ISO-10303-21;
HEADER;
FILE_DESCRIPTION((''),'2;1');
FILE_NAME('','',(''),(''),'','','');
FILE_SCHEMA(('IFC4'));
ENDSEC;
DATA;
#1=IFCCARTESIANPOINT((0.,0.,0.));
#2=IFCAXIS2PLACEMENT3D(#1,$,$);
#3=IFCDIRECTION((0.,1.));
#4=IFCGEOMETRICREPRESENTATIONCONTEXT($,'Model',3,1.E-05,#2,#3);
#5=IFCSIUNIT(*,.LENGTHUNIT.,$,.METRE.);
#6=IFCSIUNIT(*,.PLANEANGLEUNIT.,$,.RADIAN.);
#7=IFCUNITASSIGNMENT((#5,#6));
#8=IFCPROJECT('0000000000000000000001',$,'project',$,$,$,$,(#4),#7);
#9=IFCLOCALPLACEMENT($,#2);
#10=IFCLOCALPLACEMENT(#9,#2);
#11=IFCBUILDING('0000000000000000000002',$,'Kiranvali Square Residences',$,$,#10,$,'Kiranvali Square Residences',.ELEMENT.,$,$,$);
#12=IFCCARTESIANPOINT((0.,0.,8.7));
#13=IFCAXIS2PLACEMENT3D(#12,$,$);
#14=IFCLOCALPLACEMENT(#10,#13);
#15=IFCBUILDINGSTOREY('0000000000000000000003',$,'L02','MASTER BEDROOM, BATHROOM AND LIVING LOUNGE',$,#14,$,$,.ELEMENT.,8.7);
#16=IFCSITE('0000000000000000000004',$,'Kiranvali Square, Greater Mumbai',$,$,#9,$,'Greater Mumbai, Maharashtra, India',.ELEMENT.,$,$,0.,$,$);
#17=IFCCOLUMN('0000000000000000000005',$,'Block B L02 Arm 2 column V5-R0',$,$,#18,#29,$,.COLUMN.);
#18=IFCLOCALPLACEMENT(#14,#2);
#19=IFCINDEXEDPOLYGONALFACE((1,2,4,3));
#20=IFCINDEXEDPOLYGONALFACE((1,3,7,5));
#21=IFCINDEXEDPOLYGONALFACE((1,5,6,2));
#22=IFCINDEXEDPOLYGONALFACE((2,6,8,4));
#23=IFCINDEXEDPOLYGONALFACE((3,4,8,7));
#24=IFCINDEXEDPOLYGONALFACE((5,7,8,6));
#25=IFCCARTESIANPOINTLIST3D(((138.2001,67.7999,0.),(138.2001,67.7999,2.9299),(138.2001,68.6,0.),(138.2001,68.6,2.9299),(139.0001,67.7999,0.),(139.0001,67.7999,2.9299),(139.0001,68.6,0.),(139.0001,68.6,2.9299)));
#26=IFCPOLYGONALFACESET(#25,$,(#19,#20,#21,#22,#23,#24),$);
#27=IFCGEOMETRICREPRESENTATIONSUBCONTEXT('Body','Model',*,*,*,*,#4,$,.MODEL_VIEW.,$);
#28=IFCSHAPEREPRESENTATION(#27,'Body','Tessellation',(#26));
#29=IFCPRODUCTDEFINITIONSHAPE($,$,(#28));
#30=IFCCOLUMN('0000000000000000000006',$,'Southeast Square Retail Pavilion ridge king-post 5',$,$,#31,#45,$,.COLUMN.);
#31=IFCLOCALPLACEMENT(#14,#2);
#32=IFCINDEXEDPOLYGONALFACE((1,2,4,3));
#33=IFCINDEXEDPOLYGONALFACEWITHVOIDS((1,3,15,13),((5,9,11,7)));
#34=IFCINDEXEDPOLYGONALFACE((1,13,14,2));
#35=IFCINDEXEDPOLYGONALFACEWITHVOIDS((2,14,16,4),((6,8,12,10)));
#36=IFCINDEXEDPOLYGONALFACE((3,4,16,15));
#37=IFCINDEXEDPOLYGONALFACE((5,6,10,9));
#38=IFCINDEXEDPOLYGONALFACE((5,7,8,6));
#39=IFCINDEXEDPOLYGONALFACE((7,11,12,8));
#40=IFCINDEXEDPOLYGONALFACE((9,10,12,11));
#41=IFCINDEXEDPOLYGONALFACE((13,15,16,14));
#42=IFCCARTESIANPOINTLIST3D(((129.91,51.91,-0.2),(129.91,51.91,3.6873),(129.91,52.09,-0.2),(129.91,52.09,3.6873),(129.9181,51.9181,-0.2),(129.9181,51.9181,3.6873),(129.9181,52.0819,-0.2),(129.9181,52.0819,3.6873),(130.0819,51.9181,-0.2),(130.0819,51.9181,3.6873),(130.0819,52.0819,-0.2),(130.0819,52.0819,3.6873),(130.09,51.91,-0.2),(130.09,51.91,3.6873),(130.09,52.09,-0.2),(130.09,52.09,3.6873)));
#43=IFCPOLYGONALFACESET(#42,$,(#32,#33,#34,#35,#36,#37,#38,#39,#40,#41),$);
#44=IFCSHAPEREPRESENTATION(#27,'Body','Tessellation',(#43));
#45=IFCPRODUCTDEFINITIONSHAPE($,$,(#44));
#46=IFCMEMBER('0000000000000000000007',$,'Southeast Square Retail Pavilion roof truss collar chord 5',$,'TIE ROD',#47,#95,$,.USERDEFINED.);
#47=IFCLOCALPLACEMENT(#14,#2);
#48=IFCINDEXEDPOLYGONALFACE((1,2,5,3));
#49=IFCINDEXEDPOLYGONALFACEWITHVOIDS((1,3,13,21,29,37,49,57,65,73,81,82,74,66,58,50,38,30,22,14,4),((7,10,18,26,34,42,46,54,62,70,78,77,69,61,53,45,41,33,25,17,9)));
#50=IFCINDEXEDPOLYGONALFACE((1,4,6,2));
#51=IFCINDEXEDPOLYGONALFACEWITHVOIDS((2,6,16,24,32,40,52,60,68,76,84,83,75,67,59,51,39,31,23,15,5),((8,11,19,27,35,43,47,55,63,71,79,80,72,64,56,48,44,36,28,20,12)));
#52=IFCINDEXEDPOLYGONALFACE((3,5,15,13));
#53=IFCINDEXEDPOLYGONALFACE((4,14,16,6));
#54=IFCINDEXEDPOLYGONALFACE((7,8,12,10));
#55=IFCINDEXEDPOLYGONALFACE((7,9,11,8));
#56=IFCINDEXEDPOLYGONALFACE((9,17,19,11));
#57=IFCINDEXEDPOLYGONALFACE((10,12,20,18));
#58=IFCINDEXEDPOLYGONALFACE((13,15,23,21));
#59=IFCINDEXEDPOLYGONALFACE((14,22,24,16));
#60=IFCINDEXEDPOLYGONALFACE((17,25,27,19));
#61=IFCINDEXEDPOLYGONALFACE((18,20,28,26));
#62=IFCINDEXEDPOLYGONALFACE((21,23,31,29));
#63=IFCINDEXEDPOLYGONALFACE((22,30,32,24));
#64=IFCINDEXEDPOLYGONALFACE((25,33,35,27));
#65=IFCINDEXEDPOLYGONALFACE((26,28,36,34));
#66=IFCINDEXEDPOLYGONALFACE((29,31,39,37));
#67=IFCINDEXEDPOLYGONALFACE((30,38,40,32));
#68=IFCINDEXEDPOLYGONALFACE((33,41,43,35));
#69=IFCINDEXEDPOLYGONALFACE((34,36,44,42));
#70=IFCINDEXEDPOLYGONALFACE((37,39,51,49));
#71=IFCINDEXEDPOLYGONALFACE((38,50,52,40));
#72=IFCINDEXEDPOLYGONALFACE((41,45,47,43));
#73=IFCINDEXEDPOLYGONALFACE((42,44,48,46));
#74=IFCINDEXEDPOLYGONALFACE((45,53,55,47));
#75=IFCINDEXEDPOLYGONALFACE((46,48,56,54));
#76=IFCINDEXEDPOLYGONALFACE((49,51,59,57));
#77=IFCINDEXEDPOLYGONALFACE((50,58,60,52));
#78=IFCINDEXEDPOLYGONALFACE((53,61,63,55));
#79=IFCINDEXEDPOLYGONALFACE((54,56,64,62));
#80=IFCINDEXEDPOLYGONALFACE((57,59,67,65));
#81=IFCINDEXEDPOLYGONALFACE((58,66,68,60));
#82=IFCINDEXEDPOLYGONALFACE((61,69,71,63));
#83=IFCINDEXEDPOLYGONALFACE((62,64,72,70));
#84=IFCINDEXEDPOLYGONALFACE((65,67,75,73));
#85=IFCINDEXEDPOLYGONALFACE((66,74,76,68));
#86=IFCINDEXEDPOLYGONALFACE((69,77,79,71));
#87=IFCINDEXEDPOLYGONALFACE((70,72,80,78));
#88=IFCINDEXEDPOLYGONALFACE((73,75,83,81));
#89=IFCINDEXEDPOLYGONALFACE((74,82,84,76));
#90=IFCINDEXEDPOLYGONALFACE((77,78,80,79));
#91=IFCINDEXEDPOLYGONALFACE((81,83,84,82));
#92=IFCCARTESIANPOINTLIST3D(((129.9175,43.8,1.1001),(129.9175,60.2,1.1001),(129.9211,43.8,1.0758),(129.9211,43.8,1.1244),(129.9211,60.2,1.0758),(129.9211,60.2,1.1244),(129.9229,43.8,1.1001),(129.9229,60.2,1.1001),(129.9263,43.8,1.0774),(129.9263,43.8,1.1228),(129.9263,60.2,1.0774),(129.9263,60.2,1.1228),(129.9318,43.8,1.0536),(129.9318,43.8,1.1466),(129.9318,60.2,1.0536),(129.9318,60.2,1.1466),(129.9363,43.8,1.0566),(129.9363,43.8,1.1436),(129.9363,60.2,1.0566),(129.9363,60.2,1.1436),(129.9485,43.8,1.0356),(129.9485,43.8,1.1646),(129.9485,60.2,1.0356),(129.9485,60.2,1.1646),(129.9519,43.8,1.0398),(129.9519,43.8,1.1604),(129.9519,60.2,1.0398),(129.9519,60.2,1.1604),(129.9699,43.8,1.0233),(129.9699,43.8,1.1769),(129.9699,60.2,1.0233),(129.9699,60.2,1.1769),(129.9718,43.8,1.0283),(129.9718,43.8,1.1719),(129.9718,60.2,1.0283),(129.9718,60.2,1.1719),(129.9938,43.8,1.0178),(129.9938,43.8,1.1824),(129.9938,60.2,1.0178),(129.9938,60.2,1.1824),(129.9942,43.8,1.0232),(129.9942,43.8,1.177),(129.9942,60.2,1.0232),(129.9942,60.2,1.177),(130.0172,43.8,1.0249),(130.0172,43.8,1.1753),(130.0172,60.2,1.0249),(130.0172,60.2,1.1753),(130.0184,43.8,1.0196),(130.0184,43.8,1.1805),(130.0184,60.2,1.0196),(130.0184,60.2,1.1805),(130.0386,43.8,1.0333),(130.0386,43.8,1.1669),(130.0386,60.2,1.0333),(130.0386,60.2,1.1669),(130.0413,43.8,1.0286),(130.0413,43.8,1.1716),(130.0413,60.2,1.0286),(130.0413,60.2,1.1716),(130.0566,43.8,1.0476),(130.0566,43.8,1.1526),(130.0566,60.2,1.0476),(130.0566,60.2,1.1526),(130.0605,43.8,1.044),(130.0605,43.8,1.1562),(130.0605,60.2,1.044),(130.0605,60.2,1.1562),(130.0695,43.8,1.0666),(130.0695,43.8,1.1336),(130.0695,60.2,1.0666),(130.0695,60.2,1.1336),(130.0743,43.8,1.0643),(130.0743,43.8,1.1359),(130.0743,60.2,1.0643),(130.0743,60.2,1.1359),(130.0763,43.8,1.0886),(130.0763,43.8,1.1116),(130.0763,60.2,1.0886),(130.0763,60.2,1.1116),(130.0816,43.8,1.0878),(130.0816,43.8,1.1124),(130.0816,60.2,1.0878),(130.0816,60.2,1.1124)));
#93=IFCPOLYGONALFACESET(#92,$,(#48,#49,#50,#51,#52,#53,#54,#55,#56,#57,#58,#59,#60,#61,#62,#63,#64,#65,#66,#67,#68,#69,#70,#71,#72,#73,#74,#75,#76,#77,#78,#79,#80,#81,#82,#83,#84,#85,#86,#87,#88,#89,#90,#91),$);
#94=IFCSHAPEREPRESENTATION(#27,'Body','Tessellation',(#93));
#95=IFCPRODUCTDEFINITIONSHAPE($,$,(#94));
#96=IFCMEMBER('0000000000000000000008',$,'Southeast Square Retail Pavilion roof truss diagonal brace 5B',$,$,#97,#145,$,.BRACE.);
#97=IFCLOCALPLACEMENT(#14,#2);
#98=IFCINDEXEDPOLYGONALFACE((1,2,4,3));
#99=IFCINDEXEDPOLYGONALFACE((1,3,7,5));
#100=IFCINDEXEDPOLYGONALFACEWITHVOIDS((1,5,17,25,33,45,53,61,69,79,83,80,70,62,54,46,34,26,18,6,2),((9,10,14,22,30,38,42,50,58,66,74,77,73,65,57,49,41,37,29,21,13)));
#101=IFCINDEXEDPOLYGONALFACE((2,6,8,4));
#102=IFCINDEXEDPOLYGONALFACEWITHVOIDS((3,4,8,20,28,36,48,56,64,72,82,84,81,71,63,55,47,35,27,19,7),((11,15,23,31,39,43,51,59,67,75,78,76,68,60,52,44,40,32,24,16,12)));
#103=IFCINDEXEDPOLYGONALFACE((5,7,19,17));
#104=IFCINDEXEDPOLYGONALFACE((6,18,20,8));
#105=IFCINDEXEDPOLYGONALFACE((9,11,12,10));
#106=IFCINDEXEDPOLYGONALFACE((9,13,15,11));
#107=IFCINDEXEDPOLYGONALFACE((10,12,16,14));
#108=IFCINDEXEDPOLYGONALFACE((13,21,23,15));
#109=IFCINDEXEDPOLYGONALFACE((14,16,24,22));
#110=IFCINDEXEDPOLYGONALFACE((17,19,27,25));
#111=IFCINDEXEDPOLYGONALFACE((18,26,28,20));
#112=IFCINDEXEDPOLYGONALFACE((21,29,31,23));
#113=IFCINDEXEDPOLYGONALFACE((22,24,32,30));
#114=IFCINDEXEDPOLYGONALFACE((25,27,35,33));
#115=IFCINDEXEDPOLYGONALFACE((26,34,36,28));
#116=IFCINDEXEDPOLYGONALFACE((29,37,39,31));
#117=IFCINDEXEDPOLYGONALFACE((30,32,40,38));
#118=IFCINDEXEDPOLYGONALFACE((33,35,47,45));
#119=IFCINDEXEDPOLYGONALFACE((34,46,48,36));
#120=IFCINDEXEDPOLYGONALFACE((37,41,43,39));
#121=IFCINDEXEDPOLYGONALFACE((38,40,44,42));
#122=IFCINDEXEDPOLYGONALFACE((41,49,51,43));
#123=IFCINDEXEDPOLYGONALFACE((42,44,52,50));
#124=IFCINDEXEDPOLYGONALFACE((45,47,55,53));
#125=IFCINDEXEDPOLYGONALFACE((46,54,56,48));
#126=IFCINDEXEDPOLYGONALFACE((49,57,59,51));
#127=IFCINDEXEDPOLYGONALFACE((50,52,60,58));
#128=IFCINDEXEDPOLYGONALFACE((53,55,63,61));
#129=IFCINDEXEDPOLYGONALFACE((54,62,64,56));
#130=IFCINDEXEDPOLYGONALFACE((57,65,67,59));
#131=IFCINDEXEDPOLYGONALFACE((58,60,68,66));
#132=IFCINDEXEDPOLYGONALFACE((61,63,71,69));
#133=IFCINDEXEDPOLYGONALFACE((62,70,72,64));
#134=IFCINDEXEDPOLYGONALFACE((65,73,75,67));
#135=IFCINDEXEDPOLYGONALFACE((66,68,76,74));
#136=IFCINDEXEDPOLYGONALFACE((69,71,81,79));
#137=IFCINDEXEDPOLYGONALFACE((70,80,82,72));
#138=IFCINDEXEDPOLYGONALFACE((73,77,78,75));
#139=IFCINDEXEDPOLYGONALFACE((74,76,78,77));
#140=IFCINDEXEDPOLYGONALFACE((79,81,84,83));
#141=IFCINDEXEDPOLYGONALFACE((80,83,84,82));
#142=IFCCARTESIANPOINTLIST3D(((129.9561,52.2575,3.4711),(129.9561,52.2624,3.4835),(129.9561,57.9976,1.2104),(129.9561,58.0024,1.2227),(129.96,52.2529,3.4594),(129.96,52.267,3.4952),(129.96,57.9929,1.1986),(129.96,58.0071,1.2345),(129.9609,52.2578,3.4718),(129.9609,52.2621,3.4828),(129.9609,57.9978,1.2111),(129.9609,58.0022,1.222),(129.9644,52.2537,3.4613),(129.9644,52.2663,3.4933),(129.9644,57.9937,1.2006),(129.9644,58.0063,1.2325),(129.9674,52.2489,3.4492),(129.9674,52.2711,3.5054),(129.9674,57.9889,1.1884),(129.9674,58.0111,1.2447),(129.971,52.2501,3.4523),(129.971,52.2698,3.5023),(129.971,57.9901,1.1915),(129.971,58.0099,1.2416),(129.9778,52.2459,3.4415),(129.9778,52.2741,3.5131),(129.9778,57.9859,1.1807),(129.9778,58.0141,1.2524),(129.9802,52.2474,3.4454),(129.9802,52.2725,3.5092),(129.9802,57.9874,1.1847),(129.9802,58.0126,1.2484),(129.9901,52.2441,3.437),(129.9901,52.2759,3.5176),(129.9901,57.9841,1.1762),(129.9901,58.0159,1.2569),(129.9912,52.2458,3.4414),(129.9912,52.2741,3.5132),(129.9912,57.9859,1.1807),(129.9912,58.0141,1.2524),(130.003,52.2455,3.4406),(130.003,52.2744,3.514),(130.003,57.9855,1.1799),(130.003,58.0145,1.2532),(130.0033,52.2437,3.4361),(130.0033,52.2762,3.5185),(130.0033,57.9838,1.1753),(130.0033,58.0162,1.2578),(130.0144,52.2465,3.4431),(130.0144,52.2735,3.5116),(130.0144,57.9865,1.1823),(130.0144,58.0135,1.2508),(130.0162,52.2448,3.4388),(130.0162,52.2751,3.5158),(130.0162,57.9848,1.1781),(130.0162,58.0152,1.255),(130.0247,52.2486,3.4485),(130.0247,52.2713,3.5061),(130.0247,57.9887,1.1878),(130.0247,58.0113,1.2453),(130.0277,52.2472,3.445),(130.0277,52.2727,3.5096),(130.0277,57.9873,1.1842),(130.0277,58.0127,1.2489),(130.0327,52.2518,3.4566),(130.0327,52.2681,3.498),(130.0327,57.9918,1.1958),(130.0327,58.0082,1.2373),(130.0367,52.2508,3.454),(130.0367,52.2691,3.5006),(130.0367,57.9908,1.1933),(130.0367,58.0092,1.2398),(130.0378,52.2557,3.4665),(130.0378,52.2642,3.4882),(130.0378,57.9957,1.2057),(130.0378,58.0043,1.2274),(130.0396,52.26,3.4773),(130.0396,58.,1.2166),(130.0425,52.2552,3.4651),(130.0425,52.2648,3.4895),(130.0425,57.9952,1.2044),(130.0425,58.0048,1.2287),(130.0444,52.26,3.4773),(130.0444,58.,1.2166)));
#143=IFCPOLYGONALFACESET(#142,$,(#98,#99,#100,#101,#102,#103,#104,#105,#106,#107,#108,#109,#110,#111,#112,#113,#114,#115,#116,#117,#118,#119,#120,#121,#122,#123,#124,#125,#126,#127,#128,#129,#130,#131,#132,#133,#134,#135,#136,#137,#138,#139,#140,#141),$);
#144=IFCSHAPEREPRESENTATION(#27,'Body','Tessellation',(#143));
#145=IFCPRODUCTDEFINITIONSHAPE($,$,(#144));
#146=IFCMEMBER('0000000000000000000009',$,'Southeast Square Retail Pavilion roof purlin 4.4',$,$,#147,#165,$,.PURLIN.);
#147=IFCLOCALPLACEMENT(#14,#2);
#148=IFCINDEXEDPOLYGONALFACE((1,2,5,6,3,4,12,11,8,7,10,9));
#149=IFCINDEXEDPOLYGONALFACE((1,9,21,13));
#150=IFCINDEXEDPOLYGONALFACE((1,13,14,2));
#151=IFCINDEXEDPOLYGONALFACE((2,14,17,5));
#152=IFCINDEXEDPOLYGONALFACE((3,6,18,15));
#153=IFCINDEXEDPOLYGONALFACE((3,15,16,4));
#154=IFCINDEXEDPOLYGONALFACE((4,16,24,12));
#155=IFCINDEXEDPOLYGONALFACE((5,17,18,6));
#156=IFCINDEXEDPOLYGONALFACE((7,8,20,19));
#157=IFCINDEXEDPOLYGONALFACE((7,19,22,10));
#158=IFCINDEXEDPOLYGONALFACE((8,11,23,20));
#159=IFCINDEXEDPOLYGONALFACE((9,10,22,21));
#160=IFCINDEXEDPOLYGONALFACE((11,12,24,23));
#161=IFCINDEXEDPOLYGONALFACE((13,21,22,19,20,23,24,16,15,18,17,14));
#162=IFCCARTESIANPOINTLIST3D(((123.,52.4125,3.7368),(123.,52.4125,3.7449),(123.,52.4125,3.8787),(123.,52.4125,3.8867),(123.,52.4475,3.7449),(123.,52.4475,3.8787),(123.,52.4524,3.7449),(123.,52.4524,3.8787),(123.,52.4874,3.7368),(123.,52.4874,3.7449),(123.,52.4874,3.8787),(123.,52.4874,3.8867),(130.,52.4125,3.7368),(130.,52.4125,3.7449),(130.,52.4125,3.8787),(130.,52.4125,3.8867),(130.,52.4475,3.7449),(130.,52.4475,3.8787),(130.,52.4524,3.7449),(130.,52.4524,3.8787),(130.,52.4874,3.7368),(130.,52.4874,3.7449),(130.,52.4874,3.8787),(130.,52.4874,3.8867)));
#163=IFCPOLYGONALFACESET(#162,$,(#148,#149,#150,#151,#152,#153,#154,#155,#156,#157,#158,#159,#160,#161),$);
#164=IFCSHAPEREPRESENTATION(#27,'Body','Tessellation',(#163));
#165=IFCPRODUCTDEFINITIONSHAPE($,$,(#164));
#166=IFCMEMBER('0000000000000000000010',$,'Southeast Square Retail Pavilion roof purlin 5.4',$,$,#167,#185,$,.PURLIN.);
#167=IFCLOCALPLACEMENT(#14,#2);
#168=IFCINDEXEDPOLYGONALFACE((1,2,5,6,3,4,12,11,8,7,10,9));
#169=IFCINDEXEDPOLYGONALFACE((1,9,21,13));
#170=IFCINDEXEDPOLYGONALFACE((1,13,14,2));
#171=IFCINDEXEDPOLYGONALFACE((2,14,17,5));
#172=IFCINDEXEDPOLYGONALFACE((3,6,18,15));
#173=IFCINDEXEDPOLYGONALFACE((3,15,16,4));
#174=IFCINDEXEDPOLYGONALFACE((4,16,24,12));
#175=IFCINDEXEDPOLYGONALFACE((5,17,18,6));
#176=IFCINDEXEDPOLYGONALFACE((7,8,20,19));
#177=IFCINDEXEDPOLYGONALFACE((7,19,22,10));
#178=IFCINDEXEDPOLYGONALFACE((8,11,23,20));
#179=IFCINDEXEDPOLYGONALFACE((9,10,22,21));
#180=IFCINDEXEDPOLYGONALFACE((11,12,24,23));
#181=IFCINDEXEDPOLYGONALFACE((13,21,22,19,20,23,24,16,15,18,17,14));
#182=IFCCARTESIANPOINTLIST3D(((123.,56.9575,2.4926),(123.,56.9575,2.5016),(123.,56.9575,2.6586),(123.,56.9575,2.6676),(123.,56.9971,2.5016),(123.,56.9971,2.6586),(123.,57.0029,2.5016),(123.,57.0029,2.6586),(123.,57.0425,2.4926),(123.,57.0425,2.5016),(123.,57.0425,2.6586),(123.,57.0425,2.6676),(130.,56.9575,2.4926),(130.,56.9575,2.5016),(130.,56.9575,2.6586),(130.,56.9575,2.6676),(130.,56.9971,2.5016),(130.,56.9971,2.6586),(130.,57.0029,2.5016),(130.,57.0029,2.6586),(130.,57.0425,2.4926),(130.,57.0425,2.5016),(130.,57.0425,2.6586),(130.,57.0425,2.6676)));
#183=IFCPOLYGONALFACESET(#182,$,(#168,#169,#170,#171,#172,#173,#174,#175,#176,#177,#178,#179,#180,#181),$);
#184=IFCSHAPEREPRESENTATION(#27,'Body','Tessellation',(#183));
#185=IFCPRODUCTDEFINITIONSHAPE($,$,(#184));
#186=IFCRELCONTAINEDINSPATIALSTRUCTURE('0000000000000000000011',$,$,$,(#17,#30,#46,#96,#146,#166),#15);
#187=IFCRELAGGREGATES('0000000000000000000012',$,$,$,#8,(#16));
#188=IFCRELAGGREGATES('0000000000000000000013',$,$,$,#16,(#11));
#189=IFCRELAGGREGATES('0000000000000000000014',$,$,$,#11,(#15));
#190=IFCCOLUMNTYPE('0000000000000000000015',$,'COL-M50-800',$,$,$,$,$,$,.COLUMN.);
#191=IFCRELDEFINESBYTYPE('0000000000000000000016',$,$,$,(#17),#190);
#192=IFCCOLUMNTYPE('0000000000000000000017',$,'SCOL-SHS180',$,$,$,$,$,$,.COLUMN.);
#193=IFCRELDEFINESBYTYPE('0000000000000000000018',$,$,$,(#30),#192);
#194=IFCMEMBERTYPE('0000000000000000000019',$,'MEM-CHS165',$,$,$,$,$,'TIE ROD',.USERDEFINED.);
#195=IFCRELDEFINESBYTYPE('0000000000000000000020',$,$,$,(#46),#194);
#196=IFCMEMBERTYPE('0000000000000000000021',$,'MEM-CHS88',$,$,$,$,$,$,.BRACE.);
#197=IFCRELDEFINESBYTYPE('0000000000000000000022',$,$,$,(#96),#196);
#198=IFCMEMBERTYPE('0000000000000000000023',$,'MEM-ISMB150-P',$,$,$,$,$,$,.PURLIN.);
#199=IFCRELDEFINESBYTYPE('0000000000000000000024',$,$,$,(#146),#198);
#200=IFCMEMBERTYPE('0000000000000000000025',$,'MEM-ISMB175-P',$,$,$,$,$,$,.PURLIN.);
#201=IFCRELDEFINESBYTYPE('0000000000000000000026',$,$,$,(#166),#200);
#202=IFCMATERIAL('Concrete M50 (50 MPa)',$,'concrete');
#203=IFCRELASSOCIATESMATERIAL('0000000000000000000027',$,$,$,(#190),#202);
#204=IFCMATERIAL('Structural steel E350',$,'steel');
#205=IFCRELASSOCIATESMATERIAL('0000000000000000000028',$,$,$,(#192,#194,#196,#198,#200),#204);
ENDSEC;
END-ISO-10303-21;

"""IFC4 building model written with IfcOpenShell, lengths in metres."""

from ifc_helpers import new_model, si_unit, direction, frame, origin, origin_2d, place, context, subcontext, project, spatial, rectangle, hollow_rectangle, hollow_circle, i_section, extrude, material, material_profile, profile_set, type_object, element, save


model = new_model("IFC4")

# Units and contexts
model_context = context("Model", 3, precision=1e-05, world=origin(), true_north=direction((0.0, 1.0)))
body_context = subcontext(model_context, "Body", "Model", "MODEL_VIEW")
ifc_project = project(units=[si_unit("LENGTHUNIT", "METRE"), si_unit("PLANEANGLEUNIT", "RADIAN")], contexts=[model_context])

# Site, building, storey
site_placement = place(None, origin())
site = spatial("IfcSite", under=ifc_project, at=site_placement, Name="Kiranvali Square, Greater Mumbai", LongName="Greater Mumbai, Maharashtra, India", CompositionType="ELEMENT", RefElevation=0.0)
building_placement = place(site_placement, origin())
building = spatial("IfcBuilding", under=site, at=building_placement, Name="Kiranvali Square Residences", LongName="Kiranvali Square Residences", CompositionType="ELEMENT")
storey_placement = place(building_placement, frame((0.0, 0.0, 8.7)))
storey = spatial("IfcBuildingStorey", under=building, at=storey_placement, Name="L02", Description="MASTER BEDROOM, BATHROOM AND LIVING LOUNGE", CompositionType="ELEMENT", Elevation=8.7)

# Columns
ifc_material_1 = material(Name="Concrete M50 (50 MPa)", Category="concrete")
ifc_material_profile_1 = material_profile(ifc_material_1, rectangle(XDim=0.8, YDim=0.8, at=origin_2d()), Name="RC 800x800")
ifc_profile_set_1 = profile_set([ifc_material_profile_1], Name="Concrete M50 (50 MPa)")
column_type_1 = type_object("IfcColumnType", Name="COL-M50-800", PredefinedType="COLUMN", material=ifc_profile_set_1)
column_1_placement = place(storey_placement, frame((138.6001, 68.2, 0.0), z_axis=(0.0, 0.0, 1.0), x_axis=(1.0, 0.0, 0.0)))
element("IfcColumn", 1, at=column_1_placement, inside=storey, type_object=column_type_1, Name="Block B L02 Arm 2 column V5-R0", PredefinedType="COLUMN", context=body_context, shape_type="SweptSolid", body=[
    extrude(rectangle(XDim=0.8, YDim=0.8, at=origin_2d()), origin(), (0.0, 0.0, 1.0), 2.9299),
])
ifc_material_2 = material(Name="Structural steel E350", Category="steel")
ifc_material_profile_2 = material_profile(ifc_material_2, hollow_rectangle(XDim=0.1799, YDim=0.1799, WallThickness=0.0081, at=origin_2d()), Name="SHS 180x180x8.0")
ifc_profile_set_2 = profile_set([ifc_material_profile_2], Name="Structural steel E350")
column_type_2 = type_object("IfcColumnType", Name="SCOL-SHS180", PredefinedType="COLUMN", material=ifc_profile_set_2)
column_2_placement = place(storey_placement, frame((130.0, 52.0, -0.2), z_axis=(0.0, 0.0, 1.0), x_axis=(1.0, 0.0, 0.0)))
element("IfcColumn", 2, at=column_2_placement, inside=storey, type_object=column_type_2, Name="Southeast Square Retail Pavilion ridge king-post 5", PredefinedType="COLUMN", context=body_context, shape_type="SweptSolid", body=[
    extrude(hollow_rectangle(XDim=0.1799, YDim=0.1799, WallThickness=0.0081, at=origin_2d()), origin(), (0.0, 0.0, 1.0), 3.8872),
])

# Members
ifc_material_profile_3 = material_profile(ifc_material_2, hollow_circle(Radius=0.0825, WallThickness=0.0054, at=origin_2d()), Name="CHS 165.1x5.4")
ifc_profile_set_3 = profile_set([ifc_material_profile_3], Name="Structural steel E350")
member_type_1 = type_object("IfcMemberType", Name="MEM-CHS165", ElementType="TIE ROD", PredefinedType="USERDEFINED", material=ifc_profile_set_3)
member_1_placement = place(storey_placement, frame((130.0, 43.8, 1.1001), z_axis=(0.0, 1.0, 0.0), x_axis=(-1.0, 0.0, 0.0)))
element("IfcMember", 3, at=member_1_placement, inside=storey, type_object=member_type_1, Name="Southeast Square Retail Pavilion roof truss collar chord 5", ObjectType="TIE ROD", PredefinedType="USERDEFINED", context=body_context, shape_type="SweptSolid", body=[
    extrude(hollow_circle(Radius=0.0825, WallThickness=0.0054, at=origin_2d()), origin(), (0.0, 0.0, 1.0), 16.3999),
])
ifc_material_profile_4 = material_profile(ifc_material_2, hollow_circle(Radius=0.0444, WallThickness=0.0049, at=origin_2d()), Name="CHS 88.9x4.8")
ifc_profile_set_4 = profile_set([ifc_material_profile_4], Name="Structural steel E350")
member_type_2 = type_object("IfcMemberType", Name="MEM-CHS88", PredefinedType="BRACE", material=ifc_profile_set_4)
member_2_placement = place(storey_placement, frame((130.0, 58.0, 1.2166), z_axis=(0.0, -0.930434, 0.366459), x_axis=(1.0, 0.0, 0.0)))
element("IfcMember", 4, at=member_2_placement, inside=storey, type_object=member_type_2, Name="Southeast Square Retail Pavilion roof truss diagonal brace 5B", PredefinedType="BRACE", context=body_context, shape_type="SweptSolid", body=[
    extrude(hollow_circle(Radius=0.0444, WallThickness=0.0049, at=origin_2d()), origin(), (0.0, 0.0, 1.0), 6.1692),
])
ifc_material_profile_5 = material_profile(ifc_material_2, i_section(OverallWidth=0.075, OverallDepth=0.1499, WebThickness=0.0049, FlangeThickness=0.0081, at=origin_2d()), Name="ISMB 150")
ifc_profile_set_5 = profile_set([ifc_material_profile_5], Name="Structural steel E350")
member_type_3 = type_object("IfcMemberType", Name="MEM-ISMB150-P", PredefinedType="PURLIN", material=ifc_profile_set_5)
member_3_placement = place(storey_placement, frame((123.0, 52.45, 3.8118), z_axis=(1.0, 0.0, 0.0), x_axis=(0.0, 1.0, 0.0)))
element("IfcMember", 5, at=member_3_placement, inside=storey, type_object=member_type_3, Name="Southeast Square Retail Pavilion roof purlin 4.4", PredefinedType="PURLIN", context=body_context, shape_type="SweptSolid", body=[
    extrude(i_section(OverallWidth=0.075, OverallDepth=0.1499, WebThickness=0.0049, FlangeThickness=0.0081, at=origin_2d()), origin(), (0.0, 0.0, 1.0), 7.0),
])
ifc_material_profile_6 = material_profile(ifc_material_2, i_section(OverallWidth=0.085, OverallDepth=0.175, WebThickness=0.0059, FlangeThickness=0.009, at=origin_2d()), Name="ISMB 175")
ifc_profile_set_6 = profile_set([ifc_material_profile_6], Name="Structural steel E350")
member_type_4 = type_object("IfcMemberType", Name="MEM-ISMB175-P", PredefinedType="PURLIN", material=ifc_profile_set_6)
member_4_placement = place(storey_placement, frame((123.0, 57.0, 2.5801), z_axis=(1.0, 0.0, 0.0), x_axis=(0.0, 1.0, 0.0)))
element("IfcMember", 6, at=member_4_placement, inside=storey, type_object=member_type_4, Name="Southeast Square Retail Pavilion roof purlin 5.4", PredefinedType="PURLIN", context=body_context, shape_type="SweptSolid", body=[
    extrude(i_section(OverallWidth=0.085, OverallDepth=0.175, WebThickness=0.0059, FlangeThickness=0.009, at=origin_2d()), origin(), (0.0, 0.0, 1.0), 7.0),
])

save(model, "model.ifc")
